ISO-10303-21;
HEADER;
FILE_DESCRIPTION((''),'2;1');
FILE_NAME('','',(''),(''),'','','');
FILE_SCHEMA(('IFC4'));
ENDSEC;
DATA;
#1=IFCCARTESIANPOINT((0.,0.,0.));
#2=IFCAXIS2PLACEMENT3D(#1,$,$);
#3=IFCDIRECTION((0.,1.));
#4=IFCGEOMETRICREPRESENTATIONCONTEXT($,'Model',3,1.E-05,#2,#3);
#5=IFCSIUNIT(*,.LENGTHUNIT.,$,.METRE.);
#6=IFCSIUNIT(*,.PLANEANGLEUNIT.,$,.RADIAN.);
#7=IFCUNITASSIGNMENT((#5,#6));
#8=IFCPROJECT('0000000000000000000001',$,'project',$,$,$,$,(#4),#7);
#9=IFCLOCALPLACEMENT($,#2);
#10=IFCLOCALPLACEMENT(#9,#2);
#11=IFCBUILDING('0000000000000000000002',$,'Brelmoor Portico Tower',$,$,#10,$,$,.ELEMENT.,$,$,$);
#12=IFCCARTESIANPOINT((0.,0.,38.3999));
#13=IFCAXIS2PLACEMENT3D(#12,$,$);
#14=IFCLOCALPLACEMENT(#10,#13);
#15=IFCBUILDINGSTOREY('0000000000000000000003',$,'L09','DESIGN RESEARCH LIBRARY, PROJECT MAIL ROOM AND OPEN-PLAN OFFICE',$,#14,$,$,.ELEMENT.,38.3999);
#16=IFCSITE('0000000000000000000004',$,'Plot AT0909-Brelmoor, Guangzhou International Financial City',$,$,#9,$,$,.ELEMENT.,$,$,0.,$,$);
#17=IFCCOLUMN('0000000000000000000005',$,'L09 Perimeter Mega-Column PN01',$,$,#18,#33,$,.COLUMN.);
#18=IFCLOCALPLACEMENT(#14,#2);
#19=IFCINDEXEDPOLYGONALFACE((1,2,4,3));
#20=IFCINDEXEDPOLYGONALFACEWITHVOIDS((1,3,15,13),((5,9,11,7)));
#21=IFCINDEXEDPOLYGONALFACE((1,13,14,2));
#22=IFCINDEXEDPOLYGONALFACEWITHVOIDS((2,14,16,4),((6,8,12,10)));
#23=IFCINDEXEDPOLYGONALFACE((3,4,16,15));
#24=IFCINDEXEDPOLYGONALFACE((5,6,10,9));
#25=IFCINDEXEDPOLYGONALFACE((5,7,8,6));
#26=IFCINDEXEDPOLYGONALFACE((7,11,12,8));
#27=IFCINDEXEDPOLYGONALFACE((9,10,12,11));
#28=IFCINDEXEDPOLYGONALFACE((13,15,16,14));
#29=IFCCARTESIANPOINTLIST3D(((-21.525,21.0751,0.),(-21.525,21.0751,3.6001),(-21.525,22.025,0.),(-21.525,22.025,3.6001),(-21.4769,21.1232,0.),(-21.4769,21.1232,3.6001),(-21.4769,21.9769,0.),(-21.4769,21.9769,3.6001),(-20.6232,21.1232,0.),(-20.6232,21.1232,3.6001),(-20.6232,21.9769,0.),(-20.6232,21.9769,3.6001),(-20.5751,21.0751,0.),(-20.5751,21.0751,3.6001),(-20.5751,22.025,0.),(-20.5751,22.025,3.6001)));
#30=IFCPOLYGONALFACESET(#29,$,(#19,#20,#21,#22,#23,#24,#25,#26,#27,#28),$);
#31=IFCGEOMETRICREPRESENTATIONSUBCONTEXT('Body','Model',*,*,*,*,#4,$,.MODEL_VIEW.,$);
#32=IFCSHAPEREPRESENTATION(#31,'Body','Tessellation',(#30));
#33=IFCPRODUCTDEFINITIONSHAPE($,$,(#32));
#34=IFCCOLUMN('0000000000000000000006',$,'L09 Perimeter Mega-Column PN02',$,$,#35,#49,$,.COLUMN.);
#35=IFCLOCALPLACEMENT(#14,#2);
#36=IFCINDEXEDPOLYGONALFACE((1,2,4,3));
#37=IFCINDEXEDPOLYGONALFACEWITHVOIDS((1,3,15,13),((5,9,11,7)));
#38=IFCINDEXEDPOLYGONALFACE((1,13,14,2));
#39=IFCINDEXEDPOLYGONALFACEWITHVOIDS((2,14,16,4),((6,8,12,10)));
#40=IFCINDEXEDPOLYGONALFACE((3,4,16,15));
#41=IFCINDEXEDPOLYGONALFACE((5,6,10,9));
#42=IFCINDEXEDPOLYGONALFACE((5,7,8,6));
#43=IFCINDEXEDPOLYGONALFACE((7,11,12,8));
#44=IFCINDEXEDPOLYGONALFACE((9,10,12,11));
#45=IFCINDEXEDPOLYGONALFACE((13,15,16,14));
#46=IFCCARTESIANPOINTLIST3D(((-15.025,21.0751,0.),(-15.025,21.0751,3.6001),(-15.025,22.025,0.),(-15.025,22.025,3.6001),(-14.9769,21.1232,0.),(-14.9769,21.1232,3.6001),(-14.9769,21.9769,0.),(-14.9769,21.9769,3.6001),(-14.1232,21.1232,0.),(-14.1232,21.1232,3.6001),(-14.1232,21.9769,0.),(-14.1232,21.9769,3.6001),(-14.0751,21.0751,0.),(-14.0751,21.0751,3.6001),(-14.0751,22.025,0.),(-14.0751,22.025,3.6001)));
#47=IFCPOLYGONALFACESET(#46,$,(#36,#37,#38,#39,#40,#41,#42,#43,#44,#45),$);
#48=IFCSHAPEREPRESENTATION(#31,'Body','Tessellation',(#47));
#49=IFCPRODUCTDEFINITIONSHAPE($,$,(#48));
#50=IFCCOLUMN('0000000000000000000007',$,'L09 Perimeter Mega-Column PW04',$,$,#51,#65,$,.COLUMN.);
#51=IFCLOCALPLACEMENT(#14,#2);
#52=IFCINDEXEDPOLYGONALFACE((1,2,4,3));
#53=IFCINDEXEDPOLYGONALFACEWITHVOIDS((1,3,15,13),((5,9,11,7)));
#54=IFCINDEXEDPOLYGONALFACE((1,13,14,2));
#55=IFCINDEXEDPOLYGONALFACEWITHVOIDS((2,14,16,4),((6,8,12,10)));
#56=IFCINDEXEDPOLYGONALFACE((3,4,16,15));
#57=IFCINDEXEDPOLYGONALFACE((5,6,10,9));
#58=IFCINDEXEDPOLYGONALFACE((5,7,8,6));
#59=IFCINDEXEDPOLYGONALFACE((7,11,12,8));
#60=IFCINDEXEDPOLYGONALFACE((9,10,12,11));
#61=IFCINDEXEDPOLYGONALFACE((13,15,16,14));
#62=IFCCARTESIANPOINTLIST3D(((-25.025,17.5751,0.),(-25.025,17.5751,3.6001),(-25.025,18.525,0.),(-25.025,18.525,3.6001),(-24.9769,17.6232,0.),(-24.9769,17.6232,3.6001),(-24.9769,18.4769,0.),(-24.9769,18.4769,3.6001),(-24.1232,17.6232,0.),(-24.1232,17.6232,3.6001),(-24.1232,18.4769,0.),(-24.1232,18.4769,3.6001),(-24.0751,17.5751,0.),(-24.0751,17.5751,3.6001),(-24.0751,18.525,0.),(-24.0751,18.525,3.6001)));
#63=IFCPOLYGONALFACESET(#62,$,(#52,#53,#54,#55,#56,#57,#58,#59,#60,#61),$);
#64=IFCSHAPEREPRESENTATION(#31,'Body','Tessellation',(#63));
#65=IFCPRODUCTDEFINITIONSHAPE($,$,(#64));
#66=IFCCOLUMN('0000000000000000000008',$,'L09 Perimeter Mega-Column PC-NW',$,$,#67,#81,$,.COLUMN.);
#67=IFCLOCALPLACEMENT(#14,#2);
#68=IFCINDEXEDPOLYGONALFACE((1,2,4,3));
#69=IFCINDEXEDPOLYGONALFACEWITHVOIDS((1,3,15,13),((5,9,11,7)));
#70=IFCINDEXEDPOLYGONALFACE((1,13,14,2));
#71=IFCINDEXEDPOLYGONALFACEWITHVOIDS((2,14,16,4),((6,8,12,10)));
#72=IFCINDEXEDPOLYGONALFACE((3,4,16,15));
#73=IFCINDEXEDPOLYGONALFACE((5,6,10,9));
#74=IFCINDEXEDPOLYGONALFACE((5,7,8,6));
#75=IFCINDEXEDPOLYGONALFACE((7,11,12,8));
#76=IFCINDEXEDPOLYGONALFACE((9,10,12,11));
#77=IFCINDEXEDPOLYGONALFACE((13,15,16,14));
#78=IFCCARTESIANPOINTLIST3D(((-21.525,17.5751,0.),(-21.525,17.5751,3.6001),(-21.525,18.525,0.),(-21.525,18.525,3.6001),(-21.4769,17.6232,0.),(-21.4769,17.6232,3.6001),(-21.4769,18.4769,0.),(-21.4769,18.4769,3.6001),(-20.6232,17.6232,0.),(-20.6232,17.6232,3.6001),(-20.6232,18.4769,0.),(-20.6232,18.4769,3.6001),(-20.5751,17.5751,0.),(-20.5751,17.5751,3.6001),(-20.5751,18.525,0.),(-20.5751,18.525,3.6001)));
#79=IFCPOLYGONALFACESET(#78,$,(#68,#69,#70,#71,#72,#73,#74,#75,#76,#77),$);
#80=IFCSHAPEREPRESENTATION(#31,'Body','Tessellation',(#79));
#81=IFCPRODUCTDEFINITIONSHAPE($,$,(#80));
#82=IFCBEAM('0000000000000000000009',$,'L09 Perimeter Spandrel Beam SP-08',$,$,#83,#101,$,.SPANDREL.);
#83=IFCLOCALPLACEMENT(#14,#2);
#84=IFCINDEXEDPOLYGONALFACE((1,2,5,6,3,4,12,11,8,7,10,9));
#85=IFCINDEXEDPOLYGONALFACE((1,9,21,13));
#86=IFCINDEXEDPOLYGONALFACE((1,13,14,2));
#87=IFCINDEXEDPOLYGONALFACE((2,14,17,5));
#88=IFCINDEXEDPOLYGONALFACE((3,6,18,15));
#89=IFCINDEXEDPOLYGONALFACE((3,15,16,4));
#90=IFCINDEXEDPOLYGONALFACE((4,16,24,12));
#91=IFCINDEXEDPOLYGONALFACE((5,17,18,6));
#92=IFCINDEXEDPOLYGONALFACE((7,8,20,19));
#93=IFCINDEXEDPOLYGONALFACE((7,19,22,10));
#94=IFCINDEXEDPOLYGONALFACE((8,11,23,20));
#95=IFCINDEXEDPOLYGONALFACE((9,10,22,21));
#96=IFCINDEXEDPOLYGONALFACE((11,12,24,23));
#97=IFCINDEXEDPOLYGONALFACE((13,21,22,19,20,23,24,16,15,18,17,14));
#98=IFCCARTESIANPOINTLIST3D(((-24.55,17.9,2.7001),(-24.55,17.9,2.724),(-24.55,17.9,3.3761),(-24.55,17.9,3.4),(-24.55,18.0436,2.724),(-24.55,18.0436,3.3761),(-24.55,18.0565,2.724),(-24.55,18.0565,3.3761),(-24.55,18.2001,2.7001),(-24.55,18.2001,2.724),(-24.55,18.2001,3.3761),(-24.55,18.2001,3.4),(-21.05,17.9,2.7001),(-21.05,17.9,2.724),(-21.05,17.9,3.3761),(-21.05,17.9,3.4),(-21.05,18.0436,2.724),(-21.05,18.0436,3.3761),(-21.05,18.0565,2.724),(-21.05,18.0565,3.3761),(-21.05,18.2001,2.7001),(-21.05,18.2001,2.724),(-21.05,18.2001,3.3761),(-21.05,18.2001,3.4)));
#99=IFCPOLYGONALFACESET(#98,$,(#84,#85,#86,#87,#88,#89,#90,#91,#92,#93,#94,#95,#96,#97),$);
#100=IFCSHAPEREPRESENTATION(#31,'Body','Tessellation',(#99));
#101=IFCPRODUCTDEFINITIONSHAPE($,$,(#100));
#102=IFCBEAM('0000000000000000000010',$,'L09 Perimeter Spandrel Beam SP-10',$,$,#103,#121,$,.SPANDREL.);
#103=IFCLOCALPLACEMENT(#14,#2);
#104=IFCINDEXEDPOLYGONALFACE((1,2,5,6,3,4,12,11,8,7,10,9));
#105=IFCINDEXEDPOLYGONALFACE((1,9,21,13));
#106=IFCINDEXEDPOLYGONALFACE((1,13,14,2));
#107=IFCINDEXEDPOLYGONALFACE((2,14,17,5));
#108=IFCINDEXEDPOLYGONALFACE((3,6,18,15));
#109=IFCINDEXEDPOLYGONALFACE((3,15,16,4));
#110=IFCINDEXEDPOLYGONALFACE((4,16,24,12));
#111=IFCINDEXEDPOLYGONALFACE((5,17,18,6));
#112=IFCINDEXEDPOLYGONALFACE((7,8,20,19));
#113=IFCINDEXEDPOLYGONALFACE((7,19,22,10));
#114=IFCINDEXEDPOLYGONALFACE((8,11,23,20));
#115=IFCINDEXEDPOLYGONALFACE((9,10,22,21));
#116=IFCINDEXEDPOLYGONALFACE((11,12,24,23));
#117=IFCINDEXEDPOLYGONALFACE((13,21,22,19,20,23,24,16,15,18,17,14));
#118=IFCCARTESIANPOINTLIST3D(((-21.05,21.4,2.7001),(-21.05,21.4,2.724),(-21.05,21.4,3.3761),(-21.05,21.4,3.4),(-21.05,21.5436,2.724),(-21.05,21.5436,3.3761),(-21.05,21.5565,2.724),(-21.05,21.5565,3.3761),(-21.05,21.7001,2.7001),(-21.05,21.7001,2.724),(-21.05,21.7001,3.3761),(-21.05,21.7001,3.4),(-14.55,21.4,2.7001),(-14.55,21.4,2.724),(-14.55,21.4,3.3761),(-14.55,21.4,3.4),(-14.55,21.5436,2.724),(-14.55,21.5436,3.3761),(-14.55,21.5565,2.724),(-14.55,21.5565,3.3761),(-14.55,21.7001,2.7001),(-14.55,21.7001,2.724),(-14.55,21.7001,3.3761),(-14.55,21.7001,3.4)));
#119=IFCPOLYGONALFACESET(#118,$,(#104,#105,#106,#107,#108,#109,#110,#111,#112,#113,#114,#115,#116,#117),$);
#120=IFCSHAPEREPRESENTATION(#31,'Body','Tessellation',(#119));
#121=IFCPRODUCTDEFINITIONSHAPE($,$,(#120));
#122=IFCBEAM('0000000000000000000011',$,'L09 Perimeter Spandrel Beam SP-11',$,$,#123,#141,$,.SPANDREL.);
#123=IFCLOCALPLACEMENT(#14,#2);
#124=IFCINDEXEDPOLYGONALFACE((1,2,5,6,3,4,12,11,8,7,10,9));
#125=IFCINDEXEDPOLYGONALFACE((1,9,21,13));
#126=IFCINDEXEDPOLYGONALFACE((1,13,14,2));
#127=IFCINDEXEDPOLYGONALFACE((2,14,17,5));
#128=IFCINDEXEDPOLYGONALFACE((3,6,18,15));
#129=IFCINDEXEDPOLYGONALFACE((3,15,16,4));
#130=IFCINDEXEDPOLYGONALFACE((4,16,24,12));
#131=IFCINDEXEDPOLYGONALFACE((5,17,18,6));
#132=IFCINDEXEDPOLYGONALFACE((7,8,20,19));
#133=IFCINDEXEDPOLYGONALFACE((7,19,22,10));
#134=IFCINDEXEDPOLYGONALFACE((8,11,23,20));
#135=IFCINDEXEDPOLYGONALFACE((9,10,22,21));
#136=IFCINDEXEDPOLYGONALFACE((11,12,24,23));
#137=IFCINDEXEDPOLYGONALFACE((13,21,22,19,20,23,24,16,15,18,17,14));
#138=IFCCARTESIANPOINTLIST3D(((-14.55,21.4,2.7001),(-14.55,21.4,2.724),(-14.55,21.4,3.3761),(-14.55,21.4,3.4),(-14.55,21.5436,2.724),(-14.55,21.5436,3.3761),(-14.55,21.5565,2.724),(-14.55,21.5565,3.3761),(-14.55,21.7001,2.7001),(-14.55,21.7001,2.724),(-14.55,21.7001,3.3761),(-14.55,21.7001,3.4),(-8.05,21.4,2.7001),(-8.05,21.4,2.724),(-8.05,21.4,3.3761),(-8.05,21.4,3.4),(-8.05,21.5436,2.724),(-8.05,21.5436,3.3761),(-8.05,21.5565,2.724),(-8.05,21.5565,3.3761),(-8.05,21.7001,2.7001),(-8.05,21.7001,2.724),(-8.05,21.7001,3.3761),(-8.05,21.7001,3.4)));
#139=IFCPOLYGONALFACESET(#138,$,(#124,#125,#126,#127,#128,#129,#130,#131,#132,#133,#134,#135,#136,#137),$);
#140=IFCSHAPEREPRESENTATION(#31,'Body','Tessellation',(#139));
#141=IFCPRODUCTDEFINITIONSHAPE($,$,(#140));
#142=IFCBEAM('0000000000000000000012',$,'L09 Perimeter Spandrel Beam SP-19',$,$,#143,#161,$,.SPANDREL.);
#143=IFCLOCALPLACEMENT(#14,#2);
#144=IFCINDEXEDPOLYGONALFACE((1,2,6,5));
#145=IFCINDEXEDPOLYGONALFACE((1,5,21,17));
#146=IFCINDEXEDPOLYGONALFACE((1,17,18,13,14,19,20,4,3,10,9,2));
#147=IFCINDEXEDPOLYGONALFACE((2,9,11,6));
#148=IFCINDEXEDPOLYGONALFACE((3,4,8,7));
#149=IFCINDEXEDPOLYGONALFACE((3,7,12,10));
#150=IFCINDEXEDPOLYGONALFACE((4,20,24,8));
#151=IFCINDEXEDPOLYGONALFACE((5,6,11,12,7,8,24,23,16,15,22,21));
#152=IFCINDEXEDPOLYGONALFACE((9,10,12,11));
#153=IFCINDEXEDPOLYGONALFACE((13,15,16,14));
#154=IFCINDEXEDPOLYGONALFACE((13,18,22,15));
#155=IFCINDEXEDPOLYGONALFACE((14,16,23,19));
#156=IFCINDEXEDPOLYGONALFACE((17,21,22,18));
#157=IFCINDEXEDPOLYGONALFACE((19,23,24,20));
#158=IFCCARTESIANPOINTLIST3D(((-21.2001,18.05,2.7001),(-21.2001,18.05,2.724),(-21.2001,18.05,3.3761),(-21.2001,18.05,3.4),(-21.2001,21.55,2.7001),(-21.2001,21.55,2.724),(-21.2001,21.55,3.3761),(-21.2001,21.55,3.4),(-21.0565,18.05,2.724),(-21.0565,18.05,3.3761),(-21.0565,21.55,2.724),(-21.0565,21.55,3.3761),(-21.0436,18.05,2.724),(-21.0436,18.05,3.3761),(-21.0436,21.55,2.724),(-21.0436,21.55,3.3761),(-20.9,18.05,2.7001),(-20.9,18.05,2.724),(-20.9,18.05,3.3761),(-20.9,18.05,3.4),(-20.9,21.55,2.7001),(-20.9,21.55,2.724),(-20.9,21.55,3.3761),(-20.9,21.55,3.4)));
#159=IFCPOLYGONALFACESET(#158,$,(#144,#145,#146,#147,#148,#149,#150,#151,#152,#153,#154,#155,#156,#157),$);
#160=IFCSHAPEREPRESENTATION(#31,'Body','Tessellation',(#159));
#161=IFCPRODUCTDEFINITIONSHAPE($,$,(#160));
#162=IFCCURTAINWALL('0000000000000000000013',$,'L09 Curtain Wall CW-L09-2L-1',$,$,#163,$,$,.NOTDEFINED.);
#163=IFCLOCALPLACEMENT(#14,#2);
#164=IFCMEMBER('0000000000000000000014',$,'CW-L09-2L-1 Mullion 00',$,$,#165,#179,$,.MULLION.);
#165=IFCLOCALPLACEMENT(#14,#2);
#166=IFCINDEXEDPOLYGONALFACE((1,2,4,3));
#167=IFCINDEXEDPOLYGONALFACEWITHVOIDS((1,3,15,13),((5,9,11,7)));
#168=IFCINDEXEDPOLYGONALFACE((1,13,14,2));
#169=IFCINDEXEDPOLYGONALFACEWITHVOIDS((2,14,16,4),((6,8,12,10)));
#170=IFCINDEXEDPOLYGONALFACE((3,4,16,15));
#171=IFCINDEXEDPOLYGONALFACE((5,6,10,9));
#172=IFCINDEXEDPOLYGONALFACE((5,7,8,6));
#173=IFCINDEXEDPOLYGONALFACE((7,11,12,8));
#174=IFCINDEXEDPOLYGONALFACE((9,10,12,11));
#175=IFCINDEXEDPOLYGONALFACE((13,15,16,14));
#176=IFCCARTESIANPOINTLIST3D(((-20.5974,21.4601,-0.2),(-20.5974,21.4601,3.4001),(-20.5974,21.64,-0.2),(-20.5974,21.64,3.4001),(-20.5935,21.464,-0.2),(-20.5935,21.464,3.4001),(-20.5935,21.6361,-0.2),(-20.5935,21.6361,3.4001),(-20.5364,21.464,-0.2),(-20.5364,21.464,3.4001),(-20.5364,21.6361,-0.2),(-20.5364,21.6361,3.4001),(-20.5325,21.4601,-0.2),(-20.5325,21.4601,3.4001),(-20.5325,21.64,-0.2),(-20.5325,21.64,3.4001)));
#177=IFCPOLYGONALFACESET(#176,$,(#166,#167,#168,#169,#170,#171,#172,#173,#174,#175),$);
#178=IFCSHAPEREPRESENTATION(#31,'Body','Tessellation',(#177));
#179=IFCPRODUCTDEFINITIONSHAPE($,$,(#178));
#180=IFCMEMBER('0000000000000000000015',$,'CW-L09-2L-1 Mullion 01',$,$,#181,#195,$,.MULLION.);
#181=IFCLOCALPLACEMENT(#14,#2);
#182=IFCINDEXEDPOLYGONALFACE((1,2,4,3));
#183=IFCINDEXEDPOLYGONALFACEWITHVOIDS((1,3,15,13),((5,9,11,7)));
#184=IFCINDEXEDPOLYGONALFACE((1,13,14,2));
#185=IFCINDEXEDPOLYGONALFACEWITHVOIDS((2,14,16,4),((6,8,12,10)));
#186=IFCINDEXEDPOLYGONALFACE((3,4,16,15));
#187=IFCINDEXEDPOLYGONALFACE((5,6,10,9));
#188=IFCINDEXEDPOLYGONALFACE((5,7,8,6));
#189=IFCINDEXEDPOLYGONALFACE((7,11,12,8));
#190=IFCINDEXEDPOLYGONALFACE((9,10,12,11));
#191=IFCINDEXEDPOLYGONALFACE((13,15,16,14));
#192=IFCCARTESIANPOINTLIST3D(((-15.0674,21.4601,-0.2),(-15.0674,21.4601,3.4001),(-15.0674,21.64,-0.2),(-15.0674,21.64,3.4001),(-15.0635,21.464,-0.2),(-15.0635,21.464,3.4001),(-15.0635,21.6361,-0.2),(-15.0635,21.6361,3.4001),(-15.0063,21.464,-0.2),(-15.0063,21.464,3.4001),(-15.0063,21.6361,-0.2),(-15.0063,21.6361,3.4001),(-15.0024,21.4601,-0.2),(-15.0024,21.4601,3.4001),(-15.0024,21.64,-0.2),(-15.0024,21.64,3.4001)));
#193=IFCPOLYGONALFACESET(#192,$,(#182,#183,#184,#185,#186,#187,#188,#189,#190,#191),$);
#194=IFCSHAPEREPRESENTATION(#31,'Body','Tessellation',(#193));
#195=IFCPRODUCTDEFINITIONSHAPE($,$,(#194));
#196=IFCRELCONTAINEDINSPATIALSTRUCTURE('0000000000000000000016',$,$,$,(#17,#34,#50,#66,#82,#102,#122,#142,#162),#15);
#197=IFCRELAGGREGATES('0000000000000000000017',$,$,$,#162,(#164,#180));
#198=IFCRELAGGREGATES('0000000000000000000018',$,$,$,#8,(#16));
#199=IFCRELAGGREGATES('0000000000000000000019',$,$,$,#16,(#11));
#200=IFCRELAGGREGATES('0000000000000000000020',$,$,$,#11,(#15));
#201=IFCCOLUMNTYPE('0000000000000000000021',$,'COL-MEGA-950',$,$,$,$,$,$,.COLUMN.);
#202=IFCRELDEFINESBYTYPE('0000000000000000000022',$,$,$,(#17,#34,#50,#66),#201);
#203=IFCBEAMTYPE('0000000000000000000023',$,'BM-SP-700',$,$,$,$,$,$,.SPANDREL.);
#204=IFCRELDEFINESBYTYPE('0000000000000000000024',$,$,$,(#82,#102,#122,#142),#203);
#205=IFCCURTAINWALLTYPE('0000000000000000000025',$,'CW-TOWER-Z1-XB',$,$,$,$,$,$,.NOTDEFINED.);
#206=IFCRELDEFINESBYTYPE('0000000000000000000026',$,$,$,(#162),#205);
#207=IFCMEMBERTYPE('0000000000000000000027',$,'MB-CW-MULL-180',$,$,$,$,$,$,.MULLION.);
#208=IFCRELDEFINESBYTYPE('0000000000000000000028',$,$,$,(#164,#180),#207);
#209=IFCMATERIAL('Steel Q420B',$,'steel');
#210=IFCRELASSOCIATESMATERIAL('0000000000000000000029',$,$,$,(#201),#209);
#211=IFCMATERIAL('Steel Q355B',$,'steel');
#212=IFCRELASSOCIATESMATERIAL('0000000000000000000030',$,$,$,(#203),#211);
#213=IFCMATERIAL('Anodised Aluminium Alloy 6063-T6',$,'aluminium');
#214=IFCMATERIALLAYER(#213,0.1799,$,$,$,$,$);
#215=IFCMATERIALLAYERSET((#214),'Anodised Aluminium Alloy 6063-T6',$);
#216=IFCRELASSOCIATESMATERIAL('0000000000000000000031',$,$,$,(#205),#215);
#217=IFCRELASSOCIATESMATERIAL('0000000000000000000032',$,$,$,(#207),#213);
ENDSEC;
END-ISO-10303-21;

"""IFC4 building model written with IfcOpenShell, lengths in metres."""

from ifc_helpers import new_model, si_unit, direction, frame, origin, origin_2d, place, context, subcontext, project, spatial, hollow_rectangle, i_section, extrude, material, layer, layer_set, material_profile, profile_set, type_object, element, aggregate, save


model = new_model("IFC4")

# Units and contexts
model_context = context("Model", 3, precision=1e-05, world=origin(), true_north=direction((0.0, 1.0)))
body_context = subcontext(model_context, "Body", "Model", "MODEL_VIEW")
ifc_project = project(units=[si_unit("LENGTHUNIT", "METRE"), si_unit("PLANEANGLEUNIT", "RADIAN")], contexts=[model_context])

# Site, building, storey
site_placement = place(None, origin())
site = spatial("IfcSite", under=ifc_project, at=site_placement, Name="Plot AT0909-Brelmoor, Guangzhou International Financial City", CompositionType="ELEMENT", RefElevation=0.0)
building_placement = place(site_placement, origin())
building = spatial("IfcBuilding", under=site, at=building_placement, Name="Brelmoor Portico Tower", CompositionType="ELEMENT")
storey_placement = place(building_placement, frame((0.0, 0.0, 38.3999)))
storey = spatial("IfcBuildingStorey", under=building, at=storey_placement, Name="L09", Description="DESIGN RESEARCH LIBRARY, PROJECT MAIL ROOM AND OPEN-PLAN OFFICE", CompositionType="ELEMENT", Elevation=38.3999)

# Columns
ifc_material_1 = material(Name="Steel Q420B", Category="steel")
ifc_material_profile_1 = material_profile(ifc_material_1, hollow_rectangle(XDim=0.95, YDim=0.95, WallThickness=0.0481, at=origin_2d()), Name="BOX 950x950x48")
ifc_profile_set_1 = profile_set([ifc_material_profile_1], Name="Steel Q420B")
column_type = type_object("IfcColumnType", Name="COL-MEGA-950", PredefinedType="COLUMN", material=ifc_profile_set_1)
for number, where, z_axis, x_axis, name in (
    (1, (-21.05, 21.55, 0.0), (0.0, 0.0, 1.0), (1.0, 0.0, 0.0), "L09 Perimeter Mega-Column PN01"),
    (2, (-14.55, 21.55, 0.0), (0.0, 0.0, 1.0), (1.0, 0.0, 0.0), "L09 Perimeter Mega-Column PN02"),
    (3, (-24.55, 18.05, 0.0), (0.0, 0.0, 1.0), (0.0, 1.0, 0.0), "L09 Perimeter Mega-Column PW04"),
    (4, (-21.05, 18.05, 0.0), (0.0, 0.0, 1.0), (1.0, 0.0, 0.0), "L09 Perimeter Mega-Column PC-NW"),
):
    element("IfcColumn", number, at=place(storey_placement, frame(where, z_axis=z_axis, x_axis=x_axis)), inside=storey, type_object=column_type, Name=name, PredefinedType="COLUMN", context=body_context, shape_type="SweptSolid", body=[
        extrude(hollow_rectangle(XDim=0.95, YDim=0.95, WallThickness=0.0481, at=origin_2d()), origin(), (0.0, 0.0, 1.0), 3.6001),
    ])

# Beams
ifc_material_2 = material(Name="Steel Q355B", Category="steel")
ifc_material_profile_2 = material_profile(ifc_material_2, i_section(OverallWidth=0.3, OverallDepth=0.7, WebThickness=0.0129, FlangeThickness=0.0239, at=origin_2d()), Name="HN 700x300x13x24")
ifc_profile_set_2 = profile_set([ifc_material_profile_2], Name="Steel Q355B")
beam_type = type_object("IfcBeamType", Name="BM-SP-700", PredefinedType="SPANDREL", material=ifc_profile_set_2)
beam_1_placement = place(storey_placement, frame((-24.55, 18.05, 3.05), z_axis=(1.0, 0.0, 0.0), x_axis=(0.0, 1.0, 0.0)))
element("IfcBeam", 5, at=beam_1_placement, inside=storey, type_object=beam_type, Name="L09 Perimeter Spandrel Beam SP-08", PredefinedType="SPANDREL", context=body_context, shape_type="SweptSolid", body=[
    extrude(i_section(OverallWidth=0.3, OverallDepth=0.7, WebThickness=0.0129, FlangeThickness=0.0239, at=origin_2d()), origin(), (0.0, 0.0, 1.0), 3.5),
])
for number, where, z_axis, x_axis, name in (
    (6, (-21.05, 21.55, 3.05), (1.0, 0.0, 0.0), (0.0, 1.0, 0.0), "L09 Perimeter Spandrel Beam SP-10"),
    (7, (-14.55, 21.55, 3.05), (1.0, 0.0, 0.0), (0.0, 1.0, 0.0), "L09 Perimeter Spandrel Beam SP-11"),
):
    element("IfcBeam", number, at=place(storey_placement, frame(where, z_axis=z_axis, x_axis=x_axis)), inside=storey, type_object=beam_type, Name=name, PredefinedType="SPANDREL", context=body_context, shape_type="SweptSolid", body=[
        extrude(i_section(OverallWidth=0.3, OverallDepth=0.7, WebThickness=0.0129, FlangeThickness=0.0239, at=origin_2d()), origin(), (0.0, 0.0, 1.0), 6.5),
    ])
beam_2_placement = place(storey_placement, frame((-21.05, 18.05, 3.05), z_axis=(0.0, 1.0, 0.0), x_axis=(-1.0, 0.0, 0.0)))
element("IfcBeam", 8, at=beam_2_placement, inside=storey, type_object=beam_type, Name="L09 Perimeter Spandrel Beam SP-19", PredefinedType="SPANDREL", context=body_context, shape_type="SweptSolid", body=[
    extrude(i_section(OverallWidth=0.3, OverallDepth=0.7, WebThickness=0.0129, FlangeThickness=0.0239, at=origin_2d()), origin(), (0.0, 0.0, 1.0), 3.5),
])

# Curtain wall, members
ifc_material_3 = material(Name="Anodised Aluminium Alloy 6063-T6", Category="aluminium")
ifc_layer_1 = layer(ifc_material_3, 0.1799)
ifc_layer_set_1 = layer_set([ifc_layer_1], Name="Anodised Aluminium Alloy 6063-T6")
curtain_wall_type_1 = type_object("IfcCurtainWallType", Name="CW-TOWER-Z1-XB", PredefinedType="NOTDEFINED", material=ifc_layer_set_1)
curtain_wall_1_placement = place(storey_placement, origin())
curtain_wall_1 = element("IfcCurtainWall", 9, at=curtain_wall_1_placement, inside=storey, type_object=curtain_wall_type_1, Name="L09 Curtain Wall CW-L09-2L-1", PredefinedType="NOTDEFINED")
ifc_material_profile_3 = material_profile(ifc_material_3, hollow_rectangle(XDim=0.0649, YDim=0.1799, WallThickness=0.0039, at=origin_2d()), Name="ALU MULLION 65x180")
ifc_profile_set_3 = profile_set([ifc_material_profile_3], Name="Anodised Aluminium Alloy 6063-T6")
member_type_1 = type_object("IfcMemberType", Name="MB-CW-MULL-180", PredefinedType="MULLION", material=ifc_profile_set_3)
member_1_placement = place(storey_placement, frame((-20.5649, 21.55, -0.2), z_axis=(0.0, 0.0, 1.0), x_axis=(1.0, 0.0, 0.0)))
member_1 = element("IfcMember", 10, at=member_1_placement, type_object=member_type_1, Name="CW-L09-2L-1 Mullion 00", PredefinedType="MULLION", context=body_context, shape_type="SweptSolid", body=[
    extrude(hollow_rectangle(XDim=0.0649, YDim=0.1799, WallThickness=0.0039, at=origin_2d()), origin(), (0.0, 0.0, 1.0), 3.6001),
])
member_2_placement = place(storey_placement, frame((-15.0349, 21.55, -0.2), z_axis=(0.0, 0.0, 1.0), x_axis=(1.0, 0.0, 0.0)))
member_2 = element("IfcMember", 11, at=member_2_placement, type_object=member_type_1, Name="CW-L09-2L-1 Mullion 01", PredefinedType="MULLION", context=body_context, shape_type="SweptSolid", body=[
    extrude(hollow_rectangle(XDim=0.0649, YDim=0.1799, WallThickness=0.0039, at=origin_2d()), origin(), (0.0, 0.0, 1.0), 3.6001),
])

aggregate(curtain_wall_1, [member_1, member_2])

save(model, "model.ifc")
